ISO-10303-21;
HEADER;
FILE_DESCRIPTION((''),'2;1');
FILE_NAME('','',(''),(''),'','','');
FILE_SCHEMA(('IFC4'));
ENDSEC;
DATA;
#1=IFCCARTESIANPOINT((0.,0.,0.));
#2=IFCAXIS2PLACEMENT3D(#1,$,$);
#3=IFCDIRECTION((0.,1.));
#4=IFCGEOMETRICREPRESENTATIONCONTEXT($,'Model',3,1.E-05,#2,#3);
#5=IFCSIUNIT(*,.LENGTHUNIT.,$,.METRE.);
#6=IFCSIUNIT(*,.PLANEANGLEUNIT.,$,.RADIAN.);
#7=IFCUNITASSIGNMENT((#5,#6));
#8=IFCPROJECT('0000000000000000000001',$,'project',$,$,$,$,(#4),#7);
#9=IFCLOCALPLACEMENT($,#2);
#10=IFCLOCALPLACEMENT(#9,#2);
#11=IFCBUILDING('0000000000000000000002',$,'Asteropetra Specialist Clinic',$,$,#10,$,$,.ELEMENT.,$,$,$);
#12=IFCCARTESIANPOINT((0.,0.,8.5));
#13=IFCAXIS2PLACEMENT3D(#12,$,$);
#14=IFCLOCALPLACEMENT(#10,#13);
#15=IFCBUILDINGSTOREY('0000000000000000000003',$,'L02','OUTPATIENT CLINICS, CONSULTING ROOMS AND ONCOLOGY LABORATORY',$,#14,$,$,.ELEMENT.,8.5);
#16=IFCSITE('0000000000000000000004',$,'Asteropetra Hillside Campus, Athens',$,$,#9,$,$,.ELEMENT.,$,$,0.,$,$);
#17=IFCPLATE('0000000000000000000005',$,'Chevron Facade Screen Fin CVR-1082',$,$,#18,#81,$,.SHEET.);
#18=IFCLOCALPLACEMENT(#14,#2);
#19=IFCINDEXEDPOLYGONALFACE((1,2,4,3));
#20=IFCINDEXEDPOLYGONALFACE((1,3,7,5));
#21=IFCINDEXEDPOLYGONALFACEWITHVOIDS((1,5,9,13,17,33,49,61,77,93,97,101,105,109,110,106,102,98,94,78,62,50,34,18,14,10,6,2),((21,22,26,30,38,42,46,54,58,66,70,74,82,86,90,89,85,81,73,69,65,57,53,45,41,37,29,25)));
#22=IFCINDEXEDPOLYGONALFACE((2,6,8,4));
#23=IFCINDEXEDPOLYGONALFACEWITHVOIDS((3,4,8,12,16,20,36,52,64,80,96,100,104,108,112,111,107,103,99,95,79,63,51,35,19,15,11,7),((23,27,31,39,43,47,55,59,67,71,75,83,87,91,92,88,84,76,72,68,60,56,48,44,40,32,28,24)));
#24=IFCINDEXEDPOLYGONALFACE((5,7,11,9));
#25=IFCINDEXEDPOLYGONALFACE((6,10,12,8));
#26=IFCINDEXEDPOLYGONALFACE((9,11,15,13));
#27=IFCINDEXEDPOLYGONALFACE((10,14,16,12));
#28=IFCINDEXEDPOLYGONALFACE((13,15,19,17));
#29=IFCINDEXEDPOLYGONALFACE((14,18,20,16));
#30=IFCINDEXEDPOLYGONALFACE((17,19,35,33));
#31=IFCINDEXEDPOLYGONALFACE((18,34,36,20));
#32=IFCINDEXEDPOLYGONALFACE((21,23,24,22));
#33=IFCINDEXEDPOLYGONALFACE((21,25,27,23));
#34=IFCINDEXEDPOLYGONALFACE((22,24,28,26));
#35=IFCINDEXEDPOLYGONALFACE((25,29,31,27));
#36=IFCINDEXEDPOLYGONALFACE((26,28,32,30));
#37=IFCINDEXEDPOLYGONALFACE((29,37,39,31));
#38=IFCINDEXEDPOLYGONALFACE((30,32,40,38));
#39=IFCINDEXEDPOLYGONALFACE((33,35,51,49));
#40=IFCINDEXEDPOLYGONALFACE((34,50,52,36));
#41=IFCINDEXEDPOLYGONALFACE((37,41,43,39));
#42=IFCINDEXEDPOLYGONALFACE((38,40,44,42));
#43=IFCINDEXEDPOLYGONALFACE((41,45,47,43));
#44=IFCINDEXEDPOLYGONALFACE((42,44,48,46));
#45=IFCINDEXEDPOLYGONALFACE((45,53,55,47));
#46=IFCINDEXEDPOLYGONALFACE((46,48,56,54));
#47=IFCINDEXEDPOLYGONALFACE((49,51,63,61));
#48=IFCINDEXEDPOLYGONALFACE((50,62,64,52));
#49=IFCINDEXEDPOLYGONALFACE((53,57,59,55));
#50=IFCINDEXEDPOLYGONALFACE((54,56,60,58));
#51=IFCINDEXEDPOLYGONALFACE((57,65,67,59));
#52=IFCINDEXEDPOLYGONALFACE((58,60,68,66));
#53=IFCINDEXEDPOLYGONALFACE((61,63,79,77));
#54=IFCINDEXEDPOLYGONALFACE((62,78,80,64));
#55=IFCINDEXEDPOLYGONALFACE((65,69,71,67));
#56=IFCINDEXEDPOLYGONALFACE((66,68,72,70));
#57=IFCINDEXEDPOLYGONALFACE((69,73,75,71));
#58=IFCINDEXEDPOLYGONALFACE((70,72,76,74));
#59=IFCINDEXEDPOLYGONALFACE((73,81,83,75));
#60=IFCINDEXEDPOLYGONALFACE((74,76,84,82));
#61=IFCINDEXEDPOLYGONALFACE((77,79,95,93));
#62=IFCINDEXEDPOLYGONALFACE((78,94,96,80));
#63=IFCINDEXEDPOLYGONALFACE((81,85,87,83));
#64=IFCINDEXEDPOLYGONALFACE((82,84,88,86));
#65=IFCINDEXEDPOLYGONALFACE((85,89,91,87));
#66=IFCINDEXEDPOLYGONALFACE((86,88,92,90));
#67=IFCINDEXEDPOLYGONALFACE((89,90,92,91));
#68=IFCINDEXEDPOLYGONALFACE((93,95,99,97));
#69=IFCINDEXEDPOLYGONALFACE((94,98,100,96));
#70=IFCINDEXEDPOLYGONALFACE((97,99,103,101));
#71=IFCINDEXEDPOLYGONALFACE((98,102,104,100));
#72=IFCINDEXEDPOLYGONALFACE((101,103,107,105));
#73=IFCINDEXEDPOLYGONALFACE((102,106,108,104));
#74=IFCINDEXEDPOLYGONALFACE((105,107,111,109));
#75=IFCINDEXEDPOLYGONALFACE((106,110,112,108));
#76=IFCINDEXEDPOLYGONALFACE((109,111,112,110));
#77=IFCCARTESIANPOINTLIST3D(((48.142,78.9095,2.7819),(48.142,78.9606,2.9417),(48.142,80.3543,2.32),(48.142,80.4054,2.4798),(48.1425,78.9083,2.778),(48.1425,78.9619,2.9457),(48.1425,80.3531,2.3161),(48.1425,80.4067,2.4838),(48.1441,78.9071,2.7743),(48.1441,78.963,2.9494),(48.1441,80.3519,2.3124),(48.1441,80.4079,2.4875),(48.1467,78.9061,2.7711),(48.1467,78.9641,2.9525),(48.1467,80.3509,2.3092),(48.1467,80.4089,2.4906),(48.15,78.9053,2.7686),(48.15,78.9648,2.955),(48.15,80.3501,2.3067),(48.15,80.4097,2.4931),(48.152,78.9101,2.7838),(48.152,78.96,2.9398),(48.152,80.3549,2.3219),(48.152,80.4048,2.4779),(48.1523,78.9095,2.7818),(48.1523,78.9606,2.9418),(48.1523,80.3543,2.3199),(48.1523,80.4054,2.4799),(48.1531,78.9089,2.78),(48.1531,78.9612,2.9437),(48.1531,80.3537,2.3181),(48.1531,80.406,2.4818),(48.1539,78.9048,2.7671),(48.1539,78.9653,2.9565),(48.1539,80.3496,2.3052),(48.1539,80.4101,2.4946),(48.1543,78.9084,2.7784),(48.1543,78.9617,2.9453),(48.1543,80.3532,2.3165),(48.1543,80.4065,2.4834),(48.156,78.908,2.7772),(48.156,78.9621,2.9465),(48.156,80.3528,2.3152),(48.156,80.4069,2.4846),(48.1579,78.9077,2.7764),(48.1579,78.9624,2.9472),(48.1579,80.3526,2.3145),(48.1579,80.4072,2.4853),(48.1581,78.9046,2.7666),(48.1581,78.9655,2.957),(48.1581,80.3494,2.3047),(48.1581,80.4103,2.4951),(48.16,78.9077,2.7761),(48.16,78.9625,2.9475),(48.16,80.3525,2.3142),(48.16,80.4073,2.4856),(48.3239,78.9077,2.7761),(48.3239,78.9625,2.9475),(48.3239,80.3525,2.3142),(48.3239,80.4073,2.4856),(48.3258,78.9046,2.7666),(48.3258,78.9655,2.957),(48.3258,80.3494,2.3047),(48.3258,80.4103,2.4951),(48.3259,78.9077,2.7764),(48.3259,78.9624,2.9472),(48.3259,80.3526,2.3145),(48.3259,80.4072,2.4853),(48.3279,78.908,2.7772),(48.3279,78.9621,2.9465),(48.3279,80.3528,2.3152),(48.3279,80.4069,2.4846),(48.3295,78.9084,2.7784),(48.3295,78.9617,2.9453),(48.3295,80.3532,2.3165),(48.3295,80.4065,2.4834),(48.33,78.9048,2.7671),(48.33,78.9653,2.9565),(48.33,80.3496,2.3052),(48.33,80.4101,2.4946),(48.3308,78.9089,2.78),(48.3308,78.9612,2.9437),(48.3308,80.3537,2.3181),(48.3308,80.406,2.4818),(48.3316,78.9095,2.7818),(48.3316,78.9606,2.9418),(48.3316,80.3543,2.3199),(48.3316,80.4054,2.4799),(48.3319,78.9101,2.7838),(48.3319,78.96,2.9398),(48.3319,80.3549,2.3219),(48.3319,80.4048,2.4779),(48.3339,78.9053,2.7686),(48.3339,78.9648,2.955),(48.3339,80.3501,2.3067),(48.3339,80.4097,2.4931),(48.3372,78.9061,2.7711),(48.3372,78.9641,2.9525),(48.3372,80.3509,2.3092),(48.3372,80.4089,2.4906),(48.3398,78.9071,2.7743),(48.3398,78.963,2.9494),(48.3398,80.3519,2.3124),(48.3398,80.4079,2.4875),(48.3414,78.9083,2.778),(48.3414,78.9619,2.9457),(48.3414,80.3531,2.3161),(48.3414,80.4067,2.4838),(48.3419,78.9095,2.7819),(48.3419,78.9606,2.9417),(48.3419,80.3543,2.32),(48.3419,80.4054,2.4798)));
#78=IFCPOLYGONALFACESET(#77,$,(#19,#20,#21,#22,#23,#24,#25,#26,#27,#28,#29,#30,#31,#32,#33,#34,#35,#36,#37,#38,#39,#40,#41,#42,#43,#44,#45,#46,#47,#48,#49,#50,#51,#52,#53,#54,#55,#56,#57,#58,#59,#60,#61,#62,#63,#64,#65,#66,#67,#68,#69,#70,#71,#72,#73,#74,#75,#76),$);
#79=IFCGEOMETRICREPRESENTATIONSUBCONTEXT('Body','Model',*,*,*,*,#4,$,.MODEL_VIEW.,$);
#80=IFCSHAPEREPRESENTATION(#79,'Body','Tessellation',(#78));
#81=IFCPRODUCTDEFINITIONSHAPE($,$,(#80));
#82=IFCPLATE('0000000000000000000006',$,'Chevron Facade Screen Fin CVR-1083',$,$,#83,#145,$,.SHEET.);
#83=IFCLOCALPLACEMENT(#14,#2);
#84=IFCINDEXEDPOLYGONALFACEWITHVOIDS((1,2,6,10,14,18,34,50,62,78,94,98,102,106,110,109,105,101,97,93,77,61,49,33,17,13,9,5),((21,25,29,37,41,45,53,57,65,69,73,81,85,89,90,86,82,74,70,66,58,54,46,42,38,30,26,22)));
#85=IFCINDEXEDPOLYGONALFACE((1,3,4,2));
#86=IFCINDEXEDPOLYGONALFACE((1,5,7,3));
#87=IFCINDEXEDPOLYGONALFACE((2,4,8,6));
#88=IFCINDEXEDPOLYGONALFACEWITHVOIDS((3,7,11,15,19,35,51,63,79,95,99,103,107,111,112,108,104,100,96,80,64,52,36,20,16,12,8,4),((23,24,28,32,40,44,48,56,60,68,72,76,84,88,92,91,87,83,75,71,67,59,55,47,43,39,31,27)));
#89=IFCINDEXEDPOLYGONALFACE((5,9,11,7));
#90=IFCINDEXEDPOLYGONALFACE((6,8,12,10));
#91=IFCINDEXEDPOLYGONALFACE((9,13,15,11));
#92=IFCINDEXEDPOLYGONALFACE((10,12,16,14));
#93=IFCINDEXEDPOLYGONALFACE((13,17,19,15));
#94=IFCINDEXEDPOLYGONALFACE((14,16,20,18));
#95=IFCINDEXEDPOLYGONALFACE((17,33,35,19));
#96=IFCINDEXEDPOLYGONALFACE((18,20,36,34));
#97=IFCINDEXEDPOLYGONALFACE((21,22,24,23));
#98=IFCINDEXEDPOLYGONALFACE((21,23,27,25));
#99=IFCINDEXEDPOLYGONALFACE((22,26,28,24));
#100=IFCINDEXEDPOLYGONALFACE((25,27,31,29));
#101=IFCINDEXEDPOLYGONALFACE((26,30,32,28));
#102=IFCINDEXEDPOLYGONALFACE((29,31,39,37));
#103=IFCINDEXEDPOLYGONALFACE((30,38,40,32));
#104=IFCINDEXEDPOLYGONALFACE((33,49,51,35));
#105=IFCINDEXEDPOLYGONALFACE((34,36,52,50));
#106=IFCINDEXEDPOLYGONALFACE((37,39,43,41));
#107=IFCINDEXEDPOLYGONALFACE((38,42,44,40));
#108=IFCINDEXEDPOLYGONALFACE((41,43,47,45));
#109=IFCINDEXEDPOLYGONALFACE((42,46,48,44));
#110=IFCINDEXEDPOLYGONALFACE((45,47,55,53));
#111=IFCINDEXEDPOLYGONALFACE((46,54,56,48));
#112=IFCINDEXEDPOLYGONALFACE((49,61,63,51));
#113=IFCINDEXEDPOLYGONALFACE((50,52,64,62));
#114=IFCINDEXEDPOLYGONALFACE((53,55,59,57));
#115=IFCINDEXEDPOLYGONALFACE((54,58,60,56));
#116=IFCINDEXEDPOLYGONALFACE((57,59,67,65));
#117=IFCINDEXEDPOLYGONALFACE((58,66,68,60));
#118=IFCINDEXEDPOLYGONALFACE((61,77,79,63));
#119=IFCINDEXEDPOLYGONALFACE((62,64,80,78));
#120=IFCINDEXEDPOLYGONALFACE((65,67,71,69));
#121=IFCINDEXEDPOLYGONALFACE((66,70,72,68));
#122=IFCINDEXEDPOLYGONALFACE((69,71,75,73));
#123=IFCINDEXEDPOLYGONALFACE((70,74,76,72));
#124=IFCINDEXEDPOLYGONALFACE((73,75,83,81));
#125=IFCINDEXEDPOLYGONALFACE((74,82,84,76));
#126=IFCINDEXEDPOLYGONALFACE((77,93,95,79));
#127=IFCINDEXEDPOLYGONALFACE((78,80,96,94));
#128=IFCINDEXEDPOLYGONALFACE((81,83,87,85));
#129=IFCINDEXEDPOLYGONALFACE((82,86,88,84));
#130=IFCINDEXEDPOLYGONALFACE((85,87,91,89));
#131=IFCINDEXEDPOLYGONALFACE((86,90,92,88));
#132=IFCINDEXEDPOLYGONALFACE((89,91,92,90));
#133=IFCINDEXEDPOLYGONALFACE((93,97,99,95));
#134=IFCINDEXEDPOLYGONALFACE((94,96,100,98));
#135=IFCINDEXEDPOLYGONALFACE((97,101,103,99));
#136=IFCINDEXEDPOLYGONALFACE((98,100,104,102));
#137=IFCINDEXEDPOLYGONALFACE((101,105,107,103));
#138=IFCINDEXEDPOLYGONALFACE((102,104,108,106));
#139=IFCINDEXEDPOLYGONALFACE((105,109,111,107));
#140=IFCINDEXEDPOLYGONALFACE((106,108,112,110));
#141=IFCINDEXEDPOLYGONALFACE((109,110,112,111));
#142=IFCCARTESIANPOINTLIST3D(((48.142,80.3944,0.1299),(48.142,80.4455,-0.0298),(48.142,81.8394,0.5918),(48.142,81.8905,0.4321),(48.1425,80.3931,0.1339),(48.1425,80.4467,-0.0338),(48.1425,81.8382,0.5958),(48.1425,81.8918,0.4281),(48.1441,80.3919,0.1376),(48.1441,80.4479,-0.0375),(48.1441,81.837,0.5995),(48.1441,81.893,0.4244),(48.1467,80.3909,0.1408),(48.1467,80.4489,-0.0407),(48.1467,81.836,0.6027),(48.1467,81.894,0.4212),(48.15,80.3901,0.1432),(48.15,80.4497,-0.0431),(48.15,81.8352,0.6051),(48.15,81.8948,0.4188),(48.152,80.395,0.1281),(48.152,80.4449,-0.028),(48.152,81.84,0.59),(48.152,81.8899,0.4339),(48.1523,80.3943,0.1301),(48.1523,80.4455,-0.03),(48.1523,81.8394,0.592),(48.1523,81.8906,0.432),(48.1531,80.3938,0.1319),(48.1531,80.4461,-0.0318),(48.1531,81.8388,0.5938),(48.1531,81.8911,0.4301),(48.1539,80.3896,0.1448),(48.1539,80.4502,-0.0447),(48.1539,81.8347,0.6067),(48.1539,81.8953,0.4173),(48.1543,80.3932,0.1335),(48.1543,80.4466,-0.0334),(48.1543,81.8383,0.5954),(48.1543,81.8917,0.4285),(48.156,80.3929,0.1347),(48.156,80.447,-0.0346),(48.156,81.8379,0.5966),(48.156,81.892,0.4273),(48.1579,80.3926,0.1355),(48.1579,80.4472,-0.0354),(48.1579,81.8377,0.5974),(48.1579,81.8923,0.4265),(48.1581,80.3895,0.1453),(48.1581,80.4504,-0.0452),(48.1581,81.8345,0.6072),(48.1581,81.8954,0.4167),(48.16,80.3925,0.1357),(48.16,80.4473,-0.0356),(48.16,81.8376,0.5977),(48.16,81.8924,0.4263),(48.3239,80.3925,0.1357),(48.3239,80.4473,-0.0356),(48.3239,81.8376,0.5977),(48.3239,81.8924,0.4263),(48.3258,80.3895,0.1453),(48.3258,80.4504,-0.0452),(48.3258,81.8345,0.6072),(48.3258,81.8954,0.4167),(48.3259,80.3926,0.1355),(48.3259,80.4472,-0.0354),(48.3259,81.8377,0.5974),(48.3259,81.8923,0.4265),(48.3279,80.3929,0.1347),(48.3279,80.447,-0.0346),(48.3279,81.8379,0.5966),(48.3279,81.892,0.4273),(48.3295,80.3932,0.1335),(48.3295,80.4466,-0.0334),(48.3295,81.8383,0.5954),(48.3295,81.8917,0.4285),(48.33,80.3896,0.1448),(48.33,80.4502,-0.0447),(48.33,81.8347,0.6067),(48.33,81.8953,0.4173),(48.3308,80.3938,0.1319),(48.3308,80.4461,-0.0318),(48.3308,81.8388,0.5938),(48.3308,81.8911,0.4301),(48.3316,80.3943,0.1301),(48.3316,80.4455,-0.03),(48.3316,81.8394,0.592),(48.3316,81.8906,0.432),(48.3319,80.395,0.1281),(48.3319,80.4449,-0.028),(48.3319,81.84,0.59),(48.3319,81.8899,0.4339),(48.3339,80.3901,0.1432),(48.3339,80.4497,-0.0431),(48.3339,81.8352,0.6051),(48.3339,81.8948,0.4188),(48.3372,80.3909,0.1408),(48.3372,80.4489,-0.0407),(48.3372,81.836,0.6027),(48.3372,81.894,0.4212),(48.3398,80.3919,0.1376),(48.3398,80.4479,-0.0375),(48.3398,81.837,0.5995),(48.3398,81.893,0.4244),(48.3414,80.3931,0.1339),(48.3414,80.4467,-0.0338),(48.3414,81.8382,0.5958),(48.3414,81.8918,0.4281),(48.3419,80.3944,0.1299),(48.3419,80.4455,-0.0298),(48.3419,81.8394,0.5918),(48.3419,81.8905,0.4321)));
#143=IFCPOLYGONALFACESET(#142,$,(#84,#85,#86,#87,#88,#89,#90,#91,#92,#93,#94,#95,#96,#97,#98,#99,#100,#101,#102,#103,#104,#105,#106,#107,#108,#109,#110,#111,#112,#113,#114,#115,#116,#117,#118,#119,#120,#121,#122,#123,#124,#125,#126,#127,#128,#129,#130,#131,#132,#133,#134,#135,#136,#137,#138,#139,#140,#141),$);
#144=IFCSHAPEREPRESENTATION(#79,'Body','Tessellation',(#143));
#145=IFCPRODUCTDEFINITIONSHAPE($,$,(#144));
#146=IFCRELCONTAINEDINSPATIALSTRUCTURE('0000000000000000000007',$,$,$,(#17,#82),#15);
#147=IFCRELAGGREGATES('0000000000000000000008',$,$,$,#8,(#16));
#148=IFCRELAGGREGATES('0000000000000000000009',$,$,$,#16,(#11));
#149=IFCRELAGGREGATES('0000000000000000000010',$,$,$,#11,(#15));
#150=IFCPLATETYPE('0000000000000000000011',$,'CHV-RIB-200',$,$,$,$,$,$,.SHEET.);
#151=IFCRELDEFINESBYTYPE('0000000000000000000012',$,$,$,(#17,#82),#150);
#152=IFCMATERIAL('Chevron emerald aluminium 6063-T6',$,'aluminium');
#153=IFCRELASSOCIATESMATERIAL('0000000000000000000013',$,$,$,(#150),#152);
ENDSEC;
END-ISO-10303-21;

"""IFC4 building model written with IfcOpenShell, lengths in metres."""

from ifc_helpers import new_model, si_unit, direction, frame, origin, origin_2d, place, context, subcontext, project, spatial, hollow_rectangle, extrude, material, material_profile, profile_set, type_object, element, save


model = new_model("IFC4")

# Units and contexts
model_context = context("Model", 3, precision=1e-05, world=origin(), true_north=direction((0.0, 1.0)))
body_context = subcontext(model_context, "Body", "Model", "MODEL_VIEW")
ifc_project = project(units=[si_unit("LENGTHUNIT", "METRE"), si_unit("PLANEANGLEUNIT", "RADIAN")], contexts=[model_context])

# Site, building, storey
site_placement = place(None, origin())
site = spatial("IfcSite", under=ifc_project, at=site_placement, Name="Asteropetra Hillside Campus, Athens", CompositionType="ELEMENT", RefElevation=0.0)
building_placement = place(site_placement, origin())
building = spatial("IfcBuilding", under=site, at=building_placement, Name="Asteropetra Specialist Clinic", CompositionType="ELEMENT")
storey_placement = place(building_placement, frame((0.0, 0.0, 8.5)))
storey = spatial("IfcBuildingStorey", under=building, at=storey_placement, Name="L02", Description="OUTPATIENT CLINICS, CONSULTING ROOMS AND ONCOLOGY LABORATORY", CompositionType="ELEMENT", Elevation=8.5)

# Plates
ifc_material_1 = material(Name="Chevron emerald aluminium 6063-T6", Category="aluminium")
ifc_material_profile_1 = material_profile(ifc_material_1, hollow_rectangle(XDim=0.2, YDim=0.2, WallThickness=0.01, InnerFilletRadius=0.0081, OuterFilletRadius=0.0161, at=origin_2d()), Name="SHS 200x200x10.0")
ifc_profile_set_1 = profile_set([ifc_material_profile_1], Name="Chevron emerald aluminium 6063-T6")
plate_type_1 = type_object("IfcPlateType", Name="CHV-RIB-200", PredefinedType="SHEET", material=ifc_profile_set_1)
plate_1_placement = place(storey_placement, frame((48.2419, 78.9351, 2.8618), z_axis=(0.0, 0.952506, -0.304519), x_axis=(-1.0, 0.0, 0.0)))
element("IfcPlate", 1, at=plate_1_placement, inside=storey, type_object=plate_type_1, Name="Chevron Facade Screen Fin CVR-1082", PredefinedType="SHEET", context=body_context, shape_type="SweptSolid", body=[
    extrude(hollow_rectangle(XDim=0.2, YDim=0.2, WallThickness=0.01, InnerFilletRadius=0.0081, OuterFilletRadius=0.0161, at=origin_2d()), origin(), (0.0, 0.0, 1.0), 1.5168),
])
for number, where, z_axis, x_axis, name in (
    (2, (48.2419, 80.4199, 0.05), (0.0, 0.952521, 0.304472), (-1.0, 0.0, 0.0), "Chevron Facade Screen Fin CVR-1083"),
):
    element("IfcPlate", number, at=place(storey_placement, frame(where, z_axis=z_axis, x_axis=x_axis)), inside=storey, type_object=plate_type_1, Name=name, PredefinedType="SHEET", context=body_context, shape_type="SweptSolid", body=[
        extrude(hollow_rectangle(XDim=0.2, YDim=0.2, WallThickness=0.01, InnerFilletRadius=0.0081, OuterFilletRadius=0.0161, at=origin_2d()), origin(), (0.0, 0.0, 1.0), 1.5171),
    ])

save(model, "model.ifc")
